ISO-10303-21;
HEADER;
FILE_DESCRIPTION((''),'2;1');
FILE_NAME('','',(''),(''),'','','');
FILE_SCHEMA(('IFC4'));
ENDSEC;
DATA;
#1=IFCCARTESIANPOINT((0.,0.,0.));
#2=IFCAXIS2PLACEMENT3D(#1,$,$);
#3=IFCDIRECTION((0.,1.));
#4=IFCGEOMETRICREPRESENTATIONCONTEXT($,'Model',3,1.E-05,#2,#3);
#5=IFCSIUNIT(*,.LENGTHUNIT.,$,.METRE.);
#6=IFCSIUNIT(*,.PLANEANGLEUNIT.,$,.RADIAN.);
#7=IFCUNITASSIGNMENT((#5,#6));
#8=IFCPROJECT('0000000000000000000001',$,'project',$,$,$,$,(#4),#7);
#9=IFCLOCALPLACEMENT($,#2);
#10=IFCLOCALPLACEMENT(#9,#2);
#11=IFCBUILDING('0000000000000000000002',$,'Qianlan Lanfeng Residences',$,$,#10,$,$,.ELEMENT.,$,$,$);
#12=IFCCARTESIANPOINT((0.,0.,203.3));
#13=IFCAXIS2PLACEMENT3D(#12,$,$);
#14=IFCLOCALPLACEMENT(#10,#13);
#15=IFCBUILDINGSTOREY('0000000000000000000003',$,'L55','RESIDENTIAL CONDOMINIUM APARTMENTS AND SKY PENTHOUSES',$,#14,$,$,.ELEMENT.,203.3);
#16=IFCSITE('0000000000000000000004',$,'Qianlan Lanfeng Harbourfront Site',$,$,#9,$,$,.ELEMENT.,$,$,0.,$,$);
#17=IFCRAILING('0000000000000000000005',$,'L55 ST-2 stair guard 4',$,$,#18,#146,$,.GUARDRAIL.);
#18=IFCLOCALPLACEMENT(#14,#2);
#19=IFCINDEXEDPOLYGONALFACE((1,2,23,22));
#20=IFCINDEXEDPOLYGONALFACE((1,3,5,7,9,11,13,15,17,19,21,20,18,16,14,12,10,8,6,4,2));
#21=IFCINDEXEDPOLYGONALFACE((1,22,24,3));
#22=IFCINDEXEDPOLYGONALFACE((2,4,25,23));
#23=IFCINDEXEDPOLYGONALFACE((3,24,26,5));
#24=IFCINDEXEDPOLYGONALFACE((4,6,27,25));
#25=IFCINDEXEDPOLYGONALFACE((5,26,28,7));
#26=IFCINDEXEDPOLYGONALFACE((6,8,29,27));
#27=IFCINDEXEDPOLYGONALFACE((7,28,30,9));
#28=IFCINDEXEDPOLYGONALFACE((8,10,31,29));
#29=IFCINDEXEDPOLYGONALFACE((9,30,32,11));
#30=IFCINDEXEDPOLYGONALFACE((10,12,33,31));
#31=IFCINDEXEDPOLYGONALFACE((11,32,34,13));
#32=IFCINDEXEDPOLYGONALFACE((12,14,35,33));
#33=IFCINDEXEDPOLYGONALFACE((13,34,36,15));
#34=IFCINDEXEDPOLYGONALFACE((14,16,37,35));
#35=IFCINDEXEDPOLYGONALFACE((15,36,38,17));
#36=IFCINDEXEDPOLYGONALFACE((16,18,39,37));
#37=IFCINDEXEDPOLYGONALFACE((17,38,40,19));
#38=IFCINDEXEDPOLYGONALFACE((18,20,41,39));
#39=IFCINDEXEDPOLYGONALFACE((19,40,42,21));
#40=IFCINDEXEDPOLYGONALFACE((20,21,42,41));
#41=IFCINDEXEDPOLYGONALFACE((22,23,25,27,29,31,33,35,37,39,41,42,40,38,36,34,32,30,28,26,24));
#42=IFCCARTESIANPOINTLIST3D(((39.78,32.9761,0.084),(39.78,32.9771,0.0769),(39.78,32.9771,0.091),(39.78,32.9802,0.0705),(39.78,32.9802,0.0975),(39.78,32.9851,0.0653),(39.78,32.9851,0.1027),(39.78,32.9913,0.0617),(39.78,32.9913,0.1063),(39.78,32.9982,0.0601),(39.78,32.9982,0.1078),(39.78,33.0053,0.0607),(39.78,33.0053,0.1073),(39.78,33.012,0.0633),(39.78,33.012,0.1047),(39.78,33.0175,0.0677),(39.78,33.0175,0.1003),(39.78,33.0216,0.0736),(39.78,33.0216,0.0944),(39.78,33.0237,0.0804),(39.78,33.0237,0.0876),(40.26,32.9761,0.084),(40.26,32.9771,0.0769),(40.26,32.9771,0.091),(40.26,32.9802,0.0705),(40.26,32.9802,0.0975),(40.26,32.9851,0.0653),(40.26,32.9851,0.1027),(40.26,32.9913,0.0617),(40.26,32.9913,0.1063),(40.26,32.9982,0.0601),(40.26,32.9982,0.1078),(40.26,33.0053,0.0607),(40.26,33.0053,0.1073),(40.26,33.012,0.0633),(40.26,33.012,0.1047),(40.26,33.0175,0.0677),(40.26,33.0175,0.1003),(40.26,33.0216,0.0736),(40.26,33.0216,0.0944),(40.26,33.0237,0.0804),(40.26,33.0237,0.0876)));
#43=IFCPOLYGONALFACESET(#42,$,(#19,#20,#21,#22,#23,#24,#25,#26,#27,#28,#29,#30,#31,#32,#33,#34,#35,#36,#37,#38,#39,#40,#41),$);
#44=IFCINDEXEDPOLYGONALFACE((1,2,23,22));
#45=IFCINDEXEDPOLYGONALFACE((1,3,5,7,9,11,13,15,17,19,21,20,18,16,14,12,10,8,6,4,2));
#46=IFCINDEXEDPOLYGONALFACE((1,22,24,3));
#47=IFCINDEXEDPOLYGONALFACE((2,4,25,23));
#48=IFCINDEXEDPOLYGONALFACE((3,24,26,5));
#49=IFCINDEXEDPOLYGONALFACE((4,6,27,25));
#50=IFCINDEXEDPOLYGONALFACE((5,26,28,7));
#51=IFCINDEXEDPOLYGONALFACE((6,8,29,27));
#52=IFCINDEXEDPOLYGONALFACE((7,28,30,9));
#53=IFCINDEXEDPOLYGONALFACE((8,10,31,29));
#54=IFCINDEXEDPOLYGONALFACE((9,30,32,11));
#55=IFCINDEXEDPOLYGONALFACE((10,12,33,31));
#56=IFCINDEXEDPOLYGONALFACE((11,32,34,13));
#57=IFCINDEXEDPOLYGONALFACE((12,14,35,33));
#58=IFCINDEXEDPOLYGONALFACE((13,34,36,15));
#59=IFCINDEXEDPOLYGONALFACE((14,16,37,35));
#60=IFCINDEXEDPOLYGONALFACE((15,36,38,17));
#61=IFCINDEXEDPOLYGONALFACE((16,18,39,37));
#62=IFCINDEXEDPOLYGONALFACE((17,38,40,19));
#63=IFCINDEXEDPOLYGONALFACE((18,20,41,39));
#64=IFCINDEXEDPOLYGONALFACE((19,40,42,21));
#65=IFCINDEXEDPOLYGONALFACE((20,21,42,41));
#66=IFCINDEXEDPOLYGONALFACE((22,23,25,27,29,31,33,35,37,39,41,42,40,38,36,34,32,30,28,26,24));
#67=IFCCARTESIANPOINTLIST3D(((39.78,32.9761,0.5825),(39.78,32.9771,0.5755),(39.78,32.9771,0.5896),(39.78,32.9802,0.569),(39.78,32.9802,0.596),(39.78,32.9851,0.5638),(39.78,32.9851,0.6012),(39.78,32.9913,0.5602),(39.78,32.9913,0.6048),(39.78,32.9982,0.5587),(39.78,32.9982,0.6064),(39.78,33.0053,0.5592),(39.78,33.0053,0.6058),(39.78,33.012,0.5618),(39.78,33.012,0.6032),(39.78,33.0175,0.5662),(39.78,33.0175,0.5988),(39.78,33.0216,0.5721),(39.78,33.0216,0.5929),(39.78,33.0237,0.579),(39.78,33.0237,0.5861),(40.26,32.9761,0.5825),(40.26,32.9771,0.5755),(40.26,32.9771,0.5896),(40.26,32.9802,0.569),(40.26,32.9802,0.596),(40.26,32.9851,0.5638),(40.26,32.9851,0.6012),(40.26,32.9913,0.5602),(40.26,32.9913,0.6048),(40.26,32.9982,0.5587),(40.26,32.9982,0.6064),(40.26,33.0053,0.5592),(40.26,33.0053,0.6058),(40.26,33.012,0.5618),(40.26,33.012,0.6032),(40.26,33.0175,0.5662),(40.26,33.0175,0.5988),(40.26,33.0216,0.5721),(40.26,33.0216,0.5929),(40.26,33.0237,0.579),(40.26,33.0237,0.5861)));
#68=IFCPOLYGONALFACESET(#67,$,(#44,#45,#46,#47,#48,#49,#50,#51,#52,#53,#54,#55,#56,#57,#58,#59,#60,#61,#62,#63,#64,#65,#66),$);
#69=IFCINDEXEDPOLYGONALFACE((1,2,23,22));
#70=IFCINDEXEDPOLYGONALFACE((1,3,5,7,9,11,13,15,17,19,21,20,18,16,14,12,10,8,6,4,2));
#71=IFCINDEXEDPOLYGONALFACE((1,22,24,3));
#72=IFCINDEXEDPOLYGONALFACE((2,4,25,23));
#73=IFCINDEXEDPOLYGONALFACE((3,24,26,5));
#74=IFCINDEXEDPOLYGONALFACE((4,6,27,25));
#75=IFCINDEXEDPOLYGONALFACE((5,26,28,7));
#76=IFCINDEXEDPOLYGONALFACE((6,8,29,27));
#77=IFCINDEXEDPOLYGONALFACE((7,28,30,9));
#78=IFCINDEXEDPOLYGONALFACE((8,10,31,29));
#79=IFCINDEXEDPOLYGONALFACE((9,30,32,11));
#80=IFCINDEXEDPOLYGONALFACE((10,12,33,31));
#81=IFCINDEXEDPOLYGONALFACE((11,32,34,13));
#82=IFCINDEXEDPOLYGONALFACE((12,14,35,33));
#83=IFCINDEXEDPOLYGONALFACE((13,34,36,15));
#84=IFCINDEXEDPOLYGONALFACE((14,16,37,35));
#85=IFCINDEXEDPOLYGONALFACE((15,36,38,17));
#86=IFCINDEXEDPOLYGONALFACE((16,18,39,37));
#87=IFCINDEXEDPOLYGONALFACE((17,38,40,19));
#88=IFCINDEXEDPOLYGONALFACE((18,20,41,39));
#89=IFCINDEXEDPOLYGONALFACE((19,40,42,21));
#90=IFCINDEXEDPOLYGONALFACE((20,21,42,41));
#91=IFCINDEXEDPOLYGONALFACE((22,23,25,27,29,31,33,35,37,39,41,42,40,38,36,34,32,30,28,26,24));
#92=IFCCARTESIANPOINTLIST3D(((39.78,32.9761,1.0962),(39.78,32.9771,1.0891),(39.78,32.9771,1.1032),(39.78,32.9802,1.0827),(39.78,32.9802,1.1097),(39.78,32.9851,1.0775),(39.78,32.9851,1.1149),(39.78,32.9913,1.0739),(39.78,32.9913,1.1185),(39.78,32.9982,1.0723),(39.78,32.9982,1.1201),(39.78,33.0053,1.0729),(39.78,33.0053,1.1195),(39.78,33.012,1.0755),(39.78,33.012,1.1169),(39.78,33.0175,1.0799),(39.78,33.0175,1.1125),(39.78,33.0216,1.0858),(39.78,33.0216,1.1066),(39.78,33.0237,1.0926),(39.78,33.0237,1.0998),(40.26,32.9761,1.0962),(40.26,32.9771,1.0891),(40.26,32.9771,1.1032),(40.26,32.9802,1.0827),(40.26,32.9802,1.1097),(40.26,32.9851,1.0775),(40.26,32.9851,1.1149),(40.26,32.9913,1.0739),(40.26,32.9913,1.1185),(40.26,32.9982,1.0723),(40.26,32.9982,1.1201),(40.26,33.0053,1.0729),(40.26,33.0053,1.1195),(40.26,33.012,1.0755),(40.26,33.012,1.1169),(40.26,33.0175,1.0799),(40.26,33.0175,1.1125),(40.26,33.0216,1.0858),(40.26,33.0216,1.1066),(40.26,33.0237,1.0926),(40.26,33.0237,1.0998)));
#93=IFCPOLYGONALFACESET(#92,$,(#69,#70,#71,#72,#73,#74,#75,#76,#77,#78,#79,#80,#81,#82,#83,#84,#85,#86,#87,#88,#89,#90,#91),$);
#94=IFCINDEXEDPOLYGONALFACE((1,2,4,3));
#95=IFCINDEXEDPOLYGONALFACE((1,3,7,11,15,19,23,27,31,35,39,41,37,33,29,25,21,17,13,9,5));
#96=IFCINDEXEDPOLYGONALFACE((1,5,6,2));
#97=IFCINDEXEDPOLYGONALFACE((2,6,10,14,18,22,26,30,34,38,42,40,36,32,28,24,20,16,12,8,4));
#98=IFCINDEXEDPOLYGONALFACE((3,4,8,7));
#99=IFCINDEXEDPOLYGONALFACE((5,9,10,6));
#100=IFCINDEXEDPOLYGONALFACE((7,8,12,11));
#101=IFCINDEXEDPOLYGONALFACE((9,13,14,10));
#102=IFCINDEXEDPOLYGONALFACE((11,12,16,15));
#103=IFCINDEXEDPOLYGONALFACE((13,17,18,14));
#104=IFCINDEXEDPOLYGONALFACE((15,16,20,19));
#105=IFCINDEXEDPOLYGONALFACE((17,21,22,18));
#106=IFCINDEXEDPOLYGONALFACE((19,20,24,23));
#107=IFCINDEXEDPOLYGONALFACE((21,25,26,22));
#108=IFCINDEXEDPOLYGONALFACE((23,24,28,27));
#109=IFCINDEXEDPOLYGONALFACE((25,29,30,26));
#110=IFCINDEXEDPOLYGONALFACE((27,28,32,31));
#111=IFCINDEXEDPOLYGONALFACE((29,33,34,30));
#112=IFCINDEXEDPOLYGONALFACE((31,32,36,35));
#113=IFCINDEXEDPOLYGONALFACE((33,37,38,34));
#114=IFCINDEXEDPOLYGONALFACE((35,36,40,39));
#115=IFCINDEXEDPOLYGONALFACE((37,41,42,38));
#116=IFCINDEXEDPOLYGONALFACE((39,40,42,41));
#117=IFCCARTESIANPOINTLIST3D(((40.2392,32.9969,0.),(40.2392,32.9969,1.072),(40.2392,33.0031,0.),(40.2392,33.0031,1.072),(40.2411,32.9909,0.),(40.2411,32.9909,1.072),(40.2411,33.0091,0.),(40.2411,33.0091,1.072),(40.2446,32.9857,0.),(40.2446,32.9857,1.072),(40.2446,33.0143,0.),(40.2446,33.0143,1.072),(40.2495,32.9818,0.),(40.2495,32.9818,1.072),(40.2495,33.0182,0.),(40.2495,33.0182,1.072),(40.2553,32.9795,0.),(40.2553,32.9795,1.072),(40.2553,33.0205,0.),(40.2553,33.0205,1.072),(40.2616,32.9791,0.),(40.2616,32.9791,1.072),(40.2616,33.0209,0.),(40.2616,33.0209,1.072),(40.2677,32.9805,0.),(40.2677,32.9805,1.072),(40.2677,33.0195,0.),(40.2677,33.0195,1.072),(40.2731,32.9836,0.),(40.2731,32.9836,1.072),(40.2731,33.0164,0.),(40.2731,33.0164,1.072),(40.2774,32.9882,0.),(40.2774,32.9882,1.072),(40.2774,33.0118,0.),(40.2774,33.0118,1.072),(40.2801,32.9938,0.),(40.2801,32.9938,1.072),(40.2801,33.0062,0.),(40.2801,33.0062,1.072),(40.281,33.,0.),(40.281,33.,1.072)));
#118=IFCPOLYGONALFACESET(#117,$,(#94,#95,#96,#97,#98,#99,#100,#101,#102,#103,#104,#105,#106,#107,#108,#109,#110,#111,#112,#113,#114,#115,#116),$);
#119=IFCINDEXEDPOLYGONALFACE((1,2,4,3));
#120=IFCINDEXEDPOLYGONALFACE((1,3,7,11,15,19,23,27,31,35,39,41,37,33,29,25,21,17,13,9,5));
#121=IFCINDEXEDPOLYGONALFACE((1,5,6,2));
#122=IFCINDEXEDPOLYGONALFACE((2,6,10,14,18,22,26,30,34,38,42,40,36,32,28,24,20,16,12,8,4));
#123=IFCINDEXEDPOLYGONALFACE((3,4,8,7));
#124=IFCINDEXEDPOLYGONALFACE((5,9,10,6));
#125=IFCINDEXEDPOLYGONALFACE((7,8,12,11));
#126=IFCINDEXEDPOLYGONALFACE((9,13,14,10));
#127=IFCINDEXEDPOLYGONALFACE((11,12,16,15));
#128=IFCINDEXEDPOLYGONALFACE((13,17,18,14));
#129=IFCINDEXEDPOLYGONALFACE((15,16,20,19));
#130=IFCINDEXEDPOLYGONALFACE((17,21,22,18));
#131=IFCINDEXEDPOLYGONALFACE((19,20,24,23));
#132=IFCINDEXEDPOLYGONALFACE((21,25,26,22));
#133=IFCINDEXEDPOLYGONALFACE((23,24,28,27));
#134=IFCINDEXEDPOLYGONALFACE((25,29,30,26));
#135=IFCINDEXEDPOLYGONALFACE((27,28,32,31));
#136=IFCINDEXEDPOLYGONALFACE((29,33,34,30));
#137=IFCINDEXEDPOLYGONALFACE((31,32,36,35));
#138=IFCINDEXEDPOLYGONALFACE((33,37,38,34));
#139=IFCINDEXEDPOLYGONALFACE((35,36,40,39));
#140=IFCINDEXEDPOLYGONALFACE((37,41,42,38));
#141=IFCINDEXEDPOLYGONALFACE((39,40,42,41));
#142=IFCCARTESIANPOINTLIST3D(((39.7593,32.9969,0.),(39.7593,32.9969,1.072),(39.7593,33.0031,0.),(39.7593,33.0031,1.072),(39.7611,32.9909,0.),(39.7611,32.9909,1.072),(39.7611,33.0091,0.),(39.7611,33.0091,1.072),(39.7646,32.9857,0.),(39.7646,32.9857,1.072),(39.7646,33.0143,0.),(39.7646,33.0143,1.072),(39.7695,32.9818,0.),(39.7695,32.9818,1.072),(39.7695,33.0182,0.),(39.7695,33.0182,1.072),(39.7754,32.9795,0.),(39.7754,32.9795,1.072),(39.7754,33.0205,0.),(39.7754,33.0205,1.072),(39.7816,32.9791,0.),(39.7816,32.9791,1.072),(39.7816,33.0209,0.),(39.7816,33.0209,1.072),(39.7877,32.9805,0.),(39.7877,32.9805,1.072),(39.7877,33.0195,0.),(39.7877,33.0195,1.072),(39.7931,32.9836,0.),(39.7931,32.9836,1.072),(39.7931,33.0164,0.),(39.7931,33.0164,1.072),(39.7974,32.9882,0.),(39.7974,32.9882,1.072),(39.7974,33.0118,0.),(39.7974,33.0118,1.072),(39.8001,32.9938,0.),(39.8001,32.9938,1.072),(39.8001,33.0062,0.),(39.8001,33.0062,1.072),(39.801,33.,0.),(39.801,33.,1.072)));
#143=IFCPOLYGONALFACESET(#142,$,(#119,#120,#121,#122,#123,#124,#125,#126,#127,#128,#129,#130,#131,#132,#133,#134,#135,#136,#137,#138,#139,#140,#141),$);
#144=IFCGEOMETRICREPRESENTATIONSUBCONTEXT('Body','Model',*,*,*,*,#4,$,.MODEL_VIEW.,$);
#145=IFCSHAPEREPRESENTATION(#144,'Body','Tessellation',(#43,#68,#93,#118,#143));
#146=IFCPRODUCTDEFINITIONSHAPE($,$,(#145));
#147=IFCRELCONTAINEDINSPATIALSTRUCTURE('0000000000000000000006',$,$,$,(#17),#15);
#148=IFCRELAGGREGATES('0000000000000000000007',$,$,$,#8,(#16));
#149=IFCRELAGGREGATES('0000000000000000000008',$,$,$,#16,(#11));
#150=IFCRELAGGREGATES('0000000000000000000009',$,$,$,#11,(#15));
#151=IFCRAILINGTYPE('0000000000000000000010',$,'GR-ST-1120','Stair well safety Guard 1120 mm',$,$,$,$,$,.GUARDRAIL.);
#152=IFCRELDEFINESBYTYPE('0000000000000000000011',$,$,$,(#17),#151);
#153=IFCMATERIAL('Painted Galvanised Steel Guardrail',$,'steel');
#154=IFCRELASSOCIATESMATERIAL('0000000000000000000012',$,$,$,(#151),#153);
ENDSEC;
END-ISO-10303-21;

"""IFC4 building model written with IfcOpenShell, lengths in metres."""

from ifc_helpers import new_model, si_unit, direction, frame, origin, origin_2d, place, context, subcontext, project, spatial, circle, extrude, material, type_object, element, save


model = new_model("IFC4")

# Units and contexts
model_context = context("Model", 3, precision=1e-05, world=origin(), true_north=direction((0.0, 1.0)))
body_context = subcontext(model_context, "Body", "Model", "MODEL_VIEW")
ifc_project = project(units=[si_unit("LENGTHUNIT", "METRE"), si_unit("PLANEANGLEUNIT", "RADIAN")], contexts=[model_context])

# Site, building, storey
site_placement = place(None, origin())
site = spatial("IfcSite", under=ifc_project, at=site_placement, Name="Qianlan Lanfeng Harbourfront Site", CompositionType="ELEMENT", RefElevation=0.0)
building_placement = place(site_placement, origin())
building = spatial("IfcBuilding", under=site, at=building_placement, Name="Qianlan Lanfeng Residences", CompositionType="ELEMENT")
storey_placement = place(building_placement, frame((0.0, 0.0, 203.3)))
storey = spatial("IfcBuildingStorey", under=building, at=storey_placement, Name="L55", Description="RESIDENTIAL CONDOMINIUM APARTMENTS AND SKY PENTHOUSES", CompositionType="ELEMENT", Elevation=203.3)

# Railing
ifc_material_1 = material(Name="Painted Galvanised Steel Guardrail", Category="steel")
railing_type_1 = type_object("IfcRailingType", Name="GR-ST-1120", Description="Stair well safety Guard 1120 mm", PredefinedType="GUARDRAIL", material=ifc_material_1)
railing_1_placement = place(storey_placement, frame((40.26, 33.0, 0.0)))
element("IfcRailing", 1, at=railing_1_placement, inside=storey, type_object=railing_type_1, Name="L55 ST-2 stair guard 4", PredefinedType="GUARDRAIL", context=body_context, shape_type="SweptSolid", body=[
    extrude(circle(Radius=0.0239, at=origin_2d()), frame((0.0, 0.0, 0.084), z_axis=(-1.0, 0.0, 0.0), x_axis=(0.0, -1.0, 0.0)), (0.0, 0.0, 1.0), 0.48),
    extrude(circle(Radius=0.0239, at=origin_2d()), frame((0.0, 0.0, 0.5825), z_axis=(-1.0, 0.0, 0.0), x_axis=(0.0, -1.0, 0.0)), (0.0, 0.0, 1.0), 0.48),
    extrude(circle(Radius=0.0239, at=origin_2d()), frame((0.0, 0.0, 1.0962), z_axis=(-1.0, 0.0, 0.0), x_axis=(0.0, -1.0, 0.0)), (0.0, 0.0, 1.0), 0.48),
    extrude(circle(Radius=0.021, at=origin_2d()), origin(), (0.0, 0.0, 1.0), 1.072),
    extrude(circle(Radius=0.021, at=origin_2d()), frame((-0.48, 0.0, 0.0)), (0.0, 0.0, 1.0), 1.072),
])

save(model, "model.ifc")
